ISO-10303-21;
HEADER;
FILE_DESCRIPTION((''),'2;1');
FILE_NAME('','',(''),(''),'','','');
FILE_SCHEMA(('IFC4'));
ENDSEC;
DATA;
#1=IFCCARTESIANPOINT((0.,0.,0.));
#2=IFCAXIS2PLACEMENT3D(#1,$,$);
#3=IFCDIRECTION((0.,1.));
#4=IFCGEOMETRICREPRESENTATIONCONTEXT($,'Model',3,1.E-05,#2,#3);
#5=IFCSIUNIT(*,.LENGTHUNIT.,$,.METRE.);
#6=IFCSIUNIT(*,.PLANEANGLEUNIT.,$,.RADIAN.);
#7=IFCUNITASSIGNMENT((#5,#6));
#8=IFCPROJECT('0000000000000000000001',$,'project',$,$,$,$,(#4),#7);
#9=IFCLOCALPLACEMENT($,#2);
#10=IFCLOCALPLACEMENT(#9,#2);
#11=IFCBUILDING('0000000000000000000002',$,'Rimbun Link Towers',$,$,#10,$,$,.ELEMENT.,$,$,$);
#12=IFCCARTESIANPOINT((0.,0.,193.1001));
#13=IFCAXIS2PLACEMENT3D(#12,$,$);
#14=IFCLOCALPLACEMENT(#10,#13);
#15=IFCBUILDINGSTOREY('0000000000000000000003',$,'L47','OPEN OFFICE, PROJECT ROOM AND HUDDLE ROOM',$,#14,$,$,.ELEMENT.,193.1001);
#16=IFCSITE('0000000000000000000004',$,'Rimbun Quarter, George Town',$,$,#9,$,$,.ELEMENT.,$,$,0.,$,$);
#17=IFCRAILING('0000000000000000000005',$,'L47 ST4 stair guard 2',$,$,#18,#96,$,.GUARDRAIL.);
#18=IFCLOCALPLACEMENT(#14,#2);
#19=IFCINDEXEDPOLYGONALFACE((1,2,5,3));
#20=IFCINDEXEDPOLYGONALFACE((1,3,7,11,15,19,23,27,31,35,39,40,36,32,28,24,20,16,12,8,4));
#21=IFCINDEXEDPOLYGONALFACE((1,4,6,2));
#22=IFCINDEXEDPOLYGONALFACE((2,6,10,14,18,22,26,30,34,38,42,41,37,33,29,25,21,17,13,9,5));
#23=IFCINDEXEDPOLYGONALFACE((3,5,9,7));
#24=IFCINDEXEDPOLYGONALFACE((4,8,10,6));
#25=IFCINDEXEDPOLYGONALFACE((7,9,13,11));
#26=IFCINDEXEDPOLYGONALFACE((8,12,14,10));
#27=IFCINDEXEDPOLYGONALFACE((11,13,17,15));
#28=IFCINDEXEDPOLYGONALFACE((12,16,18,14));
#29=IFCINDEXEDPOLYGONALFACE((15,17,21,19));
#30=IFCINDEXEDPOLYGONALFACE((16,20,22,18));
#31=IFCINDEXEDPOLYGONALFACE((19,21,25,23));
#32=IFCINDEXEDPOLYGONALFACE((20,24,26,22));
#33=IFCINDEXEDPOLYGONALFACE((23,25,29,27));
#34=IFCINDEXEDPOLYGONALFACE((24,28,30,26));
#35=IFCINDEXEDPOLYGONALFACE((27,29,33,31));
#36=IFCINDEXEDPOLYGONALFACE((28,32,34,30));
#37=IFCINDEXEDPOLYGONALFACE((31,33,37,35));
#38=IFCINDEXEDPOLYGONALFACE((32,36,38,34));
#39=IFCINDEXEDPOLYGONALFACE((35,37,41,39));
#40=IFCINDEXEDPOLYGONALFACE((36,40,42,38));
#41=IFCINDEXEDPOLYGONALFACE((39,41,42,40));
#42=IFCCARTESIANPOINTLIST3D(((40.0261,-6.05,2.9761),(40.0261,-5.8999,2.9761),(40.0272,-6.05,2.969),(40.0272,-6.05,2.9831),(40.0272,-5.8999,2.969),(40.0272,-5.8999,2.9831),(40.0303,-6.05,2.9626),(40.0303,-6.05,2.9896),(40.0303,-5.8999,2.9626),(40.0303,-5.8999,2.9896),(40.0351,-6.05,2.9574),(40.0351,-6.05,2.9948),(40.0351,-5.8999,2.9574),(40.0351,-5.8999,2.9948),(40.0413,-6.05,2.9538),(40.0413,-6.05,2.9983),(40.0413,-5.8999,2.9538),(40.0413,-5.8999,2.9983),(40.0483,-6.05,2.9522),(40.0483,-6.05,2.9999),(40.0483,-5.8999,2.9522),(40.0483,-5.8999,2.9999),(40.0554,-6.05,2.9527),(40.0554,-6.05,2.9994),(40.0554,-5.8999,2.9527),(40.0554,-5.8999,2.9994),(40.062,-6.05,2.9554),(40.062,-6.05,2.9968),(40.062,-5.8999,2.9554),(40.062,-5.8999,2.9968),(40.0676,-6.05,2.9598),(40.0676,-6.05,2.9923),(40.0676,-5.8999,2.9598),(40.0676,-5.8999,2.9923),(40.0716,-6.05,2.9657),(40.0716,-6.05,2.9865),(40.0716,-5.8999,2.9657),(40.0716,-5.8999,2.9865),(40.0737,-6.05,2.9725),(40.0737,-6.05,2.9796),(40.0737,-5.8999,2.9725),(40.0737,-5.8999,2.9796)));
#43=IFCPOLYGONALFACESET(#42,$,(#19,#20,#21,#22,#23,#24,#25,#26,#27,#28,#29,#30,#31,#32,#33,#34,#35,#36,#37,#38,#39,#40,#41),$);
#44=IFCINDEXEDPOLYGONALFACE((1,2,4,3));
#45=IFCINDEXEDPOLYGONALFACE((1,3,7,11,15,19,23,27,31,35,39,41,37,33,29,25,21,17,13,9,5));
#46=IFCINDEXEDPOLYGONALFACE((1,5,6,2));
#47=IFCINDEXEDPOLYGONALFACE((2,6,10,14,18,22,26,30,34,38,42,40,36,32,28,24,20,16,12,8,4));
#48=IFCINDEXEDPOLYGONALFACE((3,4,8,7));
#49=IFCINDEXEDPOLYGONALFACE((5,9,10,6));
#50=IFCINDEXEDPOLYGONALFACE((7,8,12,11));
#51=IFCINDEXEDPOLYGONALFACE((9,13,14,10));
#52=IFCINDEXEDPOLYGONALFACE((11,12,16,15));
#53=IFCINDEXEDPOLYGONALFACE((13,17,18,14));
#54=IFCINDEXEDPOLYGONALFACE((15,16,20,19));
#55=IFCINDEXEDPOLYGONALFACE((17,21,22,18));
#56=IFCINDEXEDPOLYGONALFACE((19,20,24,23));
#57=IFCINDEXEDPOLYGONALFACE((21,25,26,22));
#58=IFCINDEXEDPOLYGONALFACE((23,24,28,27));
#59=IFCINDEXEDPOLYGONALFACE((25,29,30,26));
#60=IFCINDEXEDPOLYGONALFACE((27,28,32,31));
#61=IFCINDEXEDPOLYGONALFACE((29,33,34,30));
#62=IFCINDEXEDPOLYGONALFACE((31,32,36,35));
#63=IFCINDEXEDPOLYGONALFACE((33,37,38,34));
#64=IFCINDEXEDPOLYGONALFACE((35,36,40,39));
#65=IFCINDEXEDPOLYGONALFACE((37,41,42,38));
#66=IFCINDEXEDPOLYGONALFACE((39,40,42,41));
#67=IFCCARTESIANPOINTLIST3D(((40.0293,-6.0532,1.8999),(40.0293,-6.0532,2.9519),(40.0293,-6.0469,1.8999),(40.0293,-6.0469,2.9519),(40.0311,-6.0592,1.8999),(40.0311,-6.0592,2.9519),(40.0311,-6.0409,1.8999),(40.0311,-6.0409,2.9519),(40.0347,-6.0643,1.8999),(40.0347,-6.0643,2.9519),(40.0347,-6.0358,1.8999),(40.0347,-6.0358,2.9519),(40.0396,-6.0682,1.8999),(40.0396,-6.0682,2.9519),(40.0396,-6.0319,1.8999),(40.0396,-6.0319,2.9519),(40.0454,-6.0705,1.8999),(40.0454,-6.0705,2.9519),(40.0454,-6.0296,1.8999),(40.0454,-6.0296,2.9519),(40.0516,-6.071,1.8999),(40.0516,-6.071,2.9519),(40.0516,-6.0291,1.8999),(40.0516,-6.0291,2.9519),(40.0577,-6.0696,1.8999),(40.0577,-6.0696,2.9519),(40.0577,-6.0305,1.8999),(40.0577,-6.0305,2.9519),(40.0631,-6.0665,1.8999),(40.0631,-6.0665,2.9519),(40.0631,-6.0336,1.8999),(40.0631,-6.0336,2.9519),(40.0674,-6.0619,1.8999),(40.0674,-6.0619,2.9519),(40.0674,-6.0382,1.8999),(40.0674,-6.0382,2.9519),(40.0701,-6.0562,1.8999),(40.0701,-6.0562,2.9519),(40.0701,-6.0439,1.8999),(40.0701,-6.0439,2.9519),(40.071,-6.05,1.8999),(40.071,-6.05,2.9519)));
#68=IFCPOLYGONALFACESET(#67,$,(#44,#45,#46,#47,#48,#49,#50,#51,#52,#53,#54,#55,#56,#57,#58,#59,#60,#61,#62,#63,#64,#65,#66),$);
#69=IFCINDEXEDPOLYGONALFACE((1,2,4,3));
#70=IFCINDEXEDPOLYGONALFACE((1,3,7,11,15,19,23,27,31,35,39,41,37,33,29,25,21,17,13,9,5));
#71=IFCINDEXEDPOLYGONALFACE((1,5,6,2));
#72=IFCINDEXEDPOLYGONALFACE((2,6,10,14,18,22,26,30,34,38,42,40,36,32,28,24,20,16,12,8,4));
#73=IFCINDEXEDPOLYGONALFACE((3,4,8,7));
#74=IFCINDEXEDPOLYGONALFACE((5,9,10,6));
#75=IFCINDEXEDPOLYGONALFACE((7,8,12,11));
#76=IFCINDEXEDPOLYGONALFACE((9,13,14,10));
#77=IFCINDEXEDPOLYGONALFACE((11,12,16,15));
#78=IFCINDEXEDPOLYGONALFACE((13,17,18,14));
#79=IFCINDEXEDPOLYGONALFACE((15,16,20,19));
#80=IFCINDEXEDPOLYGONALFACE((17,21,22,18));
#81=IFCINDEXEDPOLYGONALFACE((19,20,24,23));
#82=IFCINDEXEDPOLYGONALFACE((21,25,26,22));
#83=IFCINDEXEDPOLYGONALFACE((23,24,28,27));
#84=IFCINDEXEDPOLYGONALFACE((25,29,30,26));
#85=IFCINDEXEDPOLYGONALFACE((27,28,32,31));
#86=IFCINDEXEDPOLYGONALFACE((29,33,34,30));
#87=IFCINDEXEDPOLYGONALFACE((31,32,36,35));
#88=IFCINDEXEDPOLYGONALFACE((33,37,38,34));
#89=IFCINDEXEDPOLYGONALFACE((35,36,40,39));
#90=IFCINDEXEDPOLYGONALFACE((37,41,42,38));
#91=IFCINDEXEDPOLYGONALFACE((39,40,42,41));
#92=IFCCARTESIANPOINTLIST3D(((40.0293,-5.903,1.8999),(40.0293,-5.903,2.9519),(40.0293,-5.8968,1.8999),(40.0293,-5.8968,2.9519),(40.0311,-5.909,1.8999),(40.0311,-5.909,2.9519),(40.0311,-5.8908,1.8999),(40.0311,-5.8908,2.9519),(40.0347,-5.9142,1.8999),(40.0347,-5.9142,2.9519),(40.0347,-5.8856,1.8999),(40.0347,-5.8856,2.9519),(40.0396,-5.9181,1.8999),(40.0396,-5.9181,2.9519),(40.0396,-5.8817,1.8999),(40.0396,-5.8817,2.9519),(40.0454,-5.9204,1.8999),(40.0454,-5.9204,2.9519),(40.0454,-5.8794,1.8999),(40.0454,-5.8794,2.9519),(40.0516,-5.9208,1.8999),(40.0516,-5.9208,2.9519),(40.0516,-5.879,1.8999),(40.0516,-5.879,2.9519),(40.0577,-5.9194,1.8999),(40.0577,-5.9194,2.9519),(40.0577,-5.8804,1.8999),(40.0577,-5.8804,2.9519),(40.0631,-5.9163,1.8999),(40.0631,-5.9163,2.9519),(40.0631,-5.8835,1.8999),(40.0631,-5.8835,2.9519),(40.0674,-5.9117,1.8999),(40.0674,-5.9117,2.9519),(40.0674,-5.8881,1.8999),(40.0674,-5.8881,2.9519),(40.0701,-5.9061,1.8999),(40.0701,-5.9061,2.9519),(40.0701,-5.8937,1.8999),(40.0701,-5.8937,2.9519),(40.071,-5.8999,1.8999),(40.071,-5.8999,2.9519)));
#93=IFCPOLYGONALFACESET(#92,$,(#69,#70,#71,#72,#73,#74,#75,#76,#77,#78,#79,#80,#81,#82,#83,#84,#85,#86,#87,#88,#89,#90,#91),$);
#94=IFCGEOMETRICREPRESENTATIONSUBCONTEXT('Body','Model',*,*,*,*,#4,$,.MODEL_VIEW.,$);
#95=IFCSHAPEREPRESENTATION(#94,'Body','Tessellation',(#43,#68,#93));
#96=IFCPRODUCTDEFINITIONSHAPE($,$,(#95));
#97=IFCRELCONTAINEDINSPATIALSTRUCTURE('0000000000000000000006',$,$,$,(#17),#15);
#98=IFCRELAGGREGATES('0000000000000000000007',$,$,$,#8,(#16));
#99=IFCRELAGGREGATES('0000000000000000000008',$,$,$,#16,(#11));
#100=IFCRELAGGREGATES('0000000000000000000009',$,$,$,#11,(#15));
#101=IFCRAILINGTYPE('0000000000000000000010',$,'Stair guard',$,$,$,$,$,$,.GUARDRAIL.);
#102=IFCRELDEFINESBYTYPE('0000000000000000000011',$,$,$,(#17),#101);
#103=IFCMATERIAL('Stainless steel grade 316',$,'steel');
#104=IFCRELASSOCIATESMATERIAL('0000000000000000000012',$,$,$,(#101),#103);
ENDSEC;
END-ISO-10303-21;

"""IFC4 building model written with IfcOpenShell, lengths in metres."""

from ifc_helpers import new_model, si_unit, direction, frame, origin, origin_2d, place, context, subcontext, project, spatial, circle, extrude, material, type_object, element, save


model = new_model("IFC4")

# Units and contexts
model_context = context("Model", 3, precision=1e-05, world=origin(), true_north=direction((0.0, 1.0)))
body_context = subcontext(model_context, "Body", "Model", "MODEL_VIEW")
ifc_project = project(units=[si_unit("LENGTHUNIT", "METRE"), si_unit("PLANEANGLEUNIT", "RADIAN")], contexts=[model_context])

# Site, building, storey
site_placement = place(None, origin())
site = spatial("IfcSite", under=ifc_project, at=site_placement, Name="Rimbun Quarter, George Town", CompositionType="ELEMENT", RefElevation=0.0)
building_placement = place(site_placement, origin())
building = spatial("IfcBuilding", under=site, at=building_placement, Name="Rimbun Link Towers", CompositionType="ELEMENT")
storey_placement = place(building_placement, frame((0.0, 0.0, 193.1001)))
storey = spatial("IfcBuildingStorey", under=building, at=storey_placement, Name="L47", Description="OPEN OFFICE, PROJECT ROOM AND HUDDLE ROOM", CompositionType="ELEMENT", Elevation=193.1001)

# Railing
ifc_material_1 = material(Name="Stainless steel grade 316", Category="steel")
railing_type_1 = type_object("IfcRailingType", Name="Stair guard", PredefinedType="GUARDRAIL", material=ifc_material_1)
railing_1_placement = place(storey_placement, frame((40.05, -6.05, 1.8999)))
element("IfcRailing", 1, at=railing_1_placement, inside=storey, type_object=railing_type_1, Name="L47 ST4 stair guard 2", PredefinedType="GUARDRAIL", context=body_context, shape_type="SweptSolid", body=[
    extrude(circle(Radius=0.0239, at=origin_2d()), frame((0.0, 0.0, 1.0762), z_axis=(0.0, 1.0, 0.0), x_axis=(-1.0, 0.0, 0.0)), (0.0, 0.0, 1.0), 0.1501),
    extrude(circle(Radius=0.021, at=origin_2d()), origin(), (0.0, 0.0, 1.0), 1.052),
    extrude(circle(Radius=0.021, at=origin_2d()), frame((0.0, 0.1501, 0.0)), (0.0, 0.0, 1.0), 1.052),
])

save(model, "model.ifc")
